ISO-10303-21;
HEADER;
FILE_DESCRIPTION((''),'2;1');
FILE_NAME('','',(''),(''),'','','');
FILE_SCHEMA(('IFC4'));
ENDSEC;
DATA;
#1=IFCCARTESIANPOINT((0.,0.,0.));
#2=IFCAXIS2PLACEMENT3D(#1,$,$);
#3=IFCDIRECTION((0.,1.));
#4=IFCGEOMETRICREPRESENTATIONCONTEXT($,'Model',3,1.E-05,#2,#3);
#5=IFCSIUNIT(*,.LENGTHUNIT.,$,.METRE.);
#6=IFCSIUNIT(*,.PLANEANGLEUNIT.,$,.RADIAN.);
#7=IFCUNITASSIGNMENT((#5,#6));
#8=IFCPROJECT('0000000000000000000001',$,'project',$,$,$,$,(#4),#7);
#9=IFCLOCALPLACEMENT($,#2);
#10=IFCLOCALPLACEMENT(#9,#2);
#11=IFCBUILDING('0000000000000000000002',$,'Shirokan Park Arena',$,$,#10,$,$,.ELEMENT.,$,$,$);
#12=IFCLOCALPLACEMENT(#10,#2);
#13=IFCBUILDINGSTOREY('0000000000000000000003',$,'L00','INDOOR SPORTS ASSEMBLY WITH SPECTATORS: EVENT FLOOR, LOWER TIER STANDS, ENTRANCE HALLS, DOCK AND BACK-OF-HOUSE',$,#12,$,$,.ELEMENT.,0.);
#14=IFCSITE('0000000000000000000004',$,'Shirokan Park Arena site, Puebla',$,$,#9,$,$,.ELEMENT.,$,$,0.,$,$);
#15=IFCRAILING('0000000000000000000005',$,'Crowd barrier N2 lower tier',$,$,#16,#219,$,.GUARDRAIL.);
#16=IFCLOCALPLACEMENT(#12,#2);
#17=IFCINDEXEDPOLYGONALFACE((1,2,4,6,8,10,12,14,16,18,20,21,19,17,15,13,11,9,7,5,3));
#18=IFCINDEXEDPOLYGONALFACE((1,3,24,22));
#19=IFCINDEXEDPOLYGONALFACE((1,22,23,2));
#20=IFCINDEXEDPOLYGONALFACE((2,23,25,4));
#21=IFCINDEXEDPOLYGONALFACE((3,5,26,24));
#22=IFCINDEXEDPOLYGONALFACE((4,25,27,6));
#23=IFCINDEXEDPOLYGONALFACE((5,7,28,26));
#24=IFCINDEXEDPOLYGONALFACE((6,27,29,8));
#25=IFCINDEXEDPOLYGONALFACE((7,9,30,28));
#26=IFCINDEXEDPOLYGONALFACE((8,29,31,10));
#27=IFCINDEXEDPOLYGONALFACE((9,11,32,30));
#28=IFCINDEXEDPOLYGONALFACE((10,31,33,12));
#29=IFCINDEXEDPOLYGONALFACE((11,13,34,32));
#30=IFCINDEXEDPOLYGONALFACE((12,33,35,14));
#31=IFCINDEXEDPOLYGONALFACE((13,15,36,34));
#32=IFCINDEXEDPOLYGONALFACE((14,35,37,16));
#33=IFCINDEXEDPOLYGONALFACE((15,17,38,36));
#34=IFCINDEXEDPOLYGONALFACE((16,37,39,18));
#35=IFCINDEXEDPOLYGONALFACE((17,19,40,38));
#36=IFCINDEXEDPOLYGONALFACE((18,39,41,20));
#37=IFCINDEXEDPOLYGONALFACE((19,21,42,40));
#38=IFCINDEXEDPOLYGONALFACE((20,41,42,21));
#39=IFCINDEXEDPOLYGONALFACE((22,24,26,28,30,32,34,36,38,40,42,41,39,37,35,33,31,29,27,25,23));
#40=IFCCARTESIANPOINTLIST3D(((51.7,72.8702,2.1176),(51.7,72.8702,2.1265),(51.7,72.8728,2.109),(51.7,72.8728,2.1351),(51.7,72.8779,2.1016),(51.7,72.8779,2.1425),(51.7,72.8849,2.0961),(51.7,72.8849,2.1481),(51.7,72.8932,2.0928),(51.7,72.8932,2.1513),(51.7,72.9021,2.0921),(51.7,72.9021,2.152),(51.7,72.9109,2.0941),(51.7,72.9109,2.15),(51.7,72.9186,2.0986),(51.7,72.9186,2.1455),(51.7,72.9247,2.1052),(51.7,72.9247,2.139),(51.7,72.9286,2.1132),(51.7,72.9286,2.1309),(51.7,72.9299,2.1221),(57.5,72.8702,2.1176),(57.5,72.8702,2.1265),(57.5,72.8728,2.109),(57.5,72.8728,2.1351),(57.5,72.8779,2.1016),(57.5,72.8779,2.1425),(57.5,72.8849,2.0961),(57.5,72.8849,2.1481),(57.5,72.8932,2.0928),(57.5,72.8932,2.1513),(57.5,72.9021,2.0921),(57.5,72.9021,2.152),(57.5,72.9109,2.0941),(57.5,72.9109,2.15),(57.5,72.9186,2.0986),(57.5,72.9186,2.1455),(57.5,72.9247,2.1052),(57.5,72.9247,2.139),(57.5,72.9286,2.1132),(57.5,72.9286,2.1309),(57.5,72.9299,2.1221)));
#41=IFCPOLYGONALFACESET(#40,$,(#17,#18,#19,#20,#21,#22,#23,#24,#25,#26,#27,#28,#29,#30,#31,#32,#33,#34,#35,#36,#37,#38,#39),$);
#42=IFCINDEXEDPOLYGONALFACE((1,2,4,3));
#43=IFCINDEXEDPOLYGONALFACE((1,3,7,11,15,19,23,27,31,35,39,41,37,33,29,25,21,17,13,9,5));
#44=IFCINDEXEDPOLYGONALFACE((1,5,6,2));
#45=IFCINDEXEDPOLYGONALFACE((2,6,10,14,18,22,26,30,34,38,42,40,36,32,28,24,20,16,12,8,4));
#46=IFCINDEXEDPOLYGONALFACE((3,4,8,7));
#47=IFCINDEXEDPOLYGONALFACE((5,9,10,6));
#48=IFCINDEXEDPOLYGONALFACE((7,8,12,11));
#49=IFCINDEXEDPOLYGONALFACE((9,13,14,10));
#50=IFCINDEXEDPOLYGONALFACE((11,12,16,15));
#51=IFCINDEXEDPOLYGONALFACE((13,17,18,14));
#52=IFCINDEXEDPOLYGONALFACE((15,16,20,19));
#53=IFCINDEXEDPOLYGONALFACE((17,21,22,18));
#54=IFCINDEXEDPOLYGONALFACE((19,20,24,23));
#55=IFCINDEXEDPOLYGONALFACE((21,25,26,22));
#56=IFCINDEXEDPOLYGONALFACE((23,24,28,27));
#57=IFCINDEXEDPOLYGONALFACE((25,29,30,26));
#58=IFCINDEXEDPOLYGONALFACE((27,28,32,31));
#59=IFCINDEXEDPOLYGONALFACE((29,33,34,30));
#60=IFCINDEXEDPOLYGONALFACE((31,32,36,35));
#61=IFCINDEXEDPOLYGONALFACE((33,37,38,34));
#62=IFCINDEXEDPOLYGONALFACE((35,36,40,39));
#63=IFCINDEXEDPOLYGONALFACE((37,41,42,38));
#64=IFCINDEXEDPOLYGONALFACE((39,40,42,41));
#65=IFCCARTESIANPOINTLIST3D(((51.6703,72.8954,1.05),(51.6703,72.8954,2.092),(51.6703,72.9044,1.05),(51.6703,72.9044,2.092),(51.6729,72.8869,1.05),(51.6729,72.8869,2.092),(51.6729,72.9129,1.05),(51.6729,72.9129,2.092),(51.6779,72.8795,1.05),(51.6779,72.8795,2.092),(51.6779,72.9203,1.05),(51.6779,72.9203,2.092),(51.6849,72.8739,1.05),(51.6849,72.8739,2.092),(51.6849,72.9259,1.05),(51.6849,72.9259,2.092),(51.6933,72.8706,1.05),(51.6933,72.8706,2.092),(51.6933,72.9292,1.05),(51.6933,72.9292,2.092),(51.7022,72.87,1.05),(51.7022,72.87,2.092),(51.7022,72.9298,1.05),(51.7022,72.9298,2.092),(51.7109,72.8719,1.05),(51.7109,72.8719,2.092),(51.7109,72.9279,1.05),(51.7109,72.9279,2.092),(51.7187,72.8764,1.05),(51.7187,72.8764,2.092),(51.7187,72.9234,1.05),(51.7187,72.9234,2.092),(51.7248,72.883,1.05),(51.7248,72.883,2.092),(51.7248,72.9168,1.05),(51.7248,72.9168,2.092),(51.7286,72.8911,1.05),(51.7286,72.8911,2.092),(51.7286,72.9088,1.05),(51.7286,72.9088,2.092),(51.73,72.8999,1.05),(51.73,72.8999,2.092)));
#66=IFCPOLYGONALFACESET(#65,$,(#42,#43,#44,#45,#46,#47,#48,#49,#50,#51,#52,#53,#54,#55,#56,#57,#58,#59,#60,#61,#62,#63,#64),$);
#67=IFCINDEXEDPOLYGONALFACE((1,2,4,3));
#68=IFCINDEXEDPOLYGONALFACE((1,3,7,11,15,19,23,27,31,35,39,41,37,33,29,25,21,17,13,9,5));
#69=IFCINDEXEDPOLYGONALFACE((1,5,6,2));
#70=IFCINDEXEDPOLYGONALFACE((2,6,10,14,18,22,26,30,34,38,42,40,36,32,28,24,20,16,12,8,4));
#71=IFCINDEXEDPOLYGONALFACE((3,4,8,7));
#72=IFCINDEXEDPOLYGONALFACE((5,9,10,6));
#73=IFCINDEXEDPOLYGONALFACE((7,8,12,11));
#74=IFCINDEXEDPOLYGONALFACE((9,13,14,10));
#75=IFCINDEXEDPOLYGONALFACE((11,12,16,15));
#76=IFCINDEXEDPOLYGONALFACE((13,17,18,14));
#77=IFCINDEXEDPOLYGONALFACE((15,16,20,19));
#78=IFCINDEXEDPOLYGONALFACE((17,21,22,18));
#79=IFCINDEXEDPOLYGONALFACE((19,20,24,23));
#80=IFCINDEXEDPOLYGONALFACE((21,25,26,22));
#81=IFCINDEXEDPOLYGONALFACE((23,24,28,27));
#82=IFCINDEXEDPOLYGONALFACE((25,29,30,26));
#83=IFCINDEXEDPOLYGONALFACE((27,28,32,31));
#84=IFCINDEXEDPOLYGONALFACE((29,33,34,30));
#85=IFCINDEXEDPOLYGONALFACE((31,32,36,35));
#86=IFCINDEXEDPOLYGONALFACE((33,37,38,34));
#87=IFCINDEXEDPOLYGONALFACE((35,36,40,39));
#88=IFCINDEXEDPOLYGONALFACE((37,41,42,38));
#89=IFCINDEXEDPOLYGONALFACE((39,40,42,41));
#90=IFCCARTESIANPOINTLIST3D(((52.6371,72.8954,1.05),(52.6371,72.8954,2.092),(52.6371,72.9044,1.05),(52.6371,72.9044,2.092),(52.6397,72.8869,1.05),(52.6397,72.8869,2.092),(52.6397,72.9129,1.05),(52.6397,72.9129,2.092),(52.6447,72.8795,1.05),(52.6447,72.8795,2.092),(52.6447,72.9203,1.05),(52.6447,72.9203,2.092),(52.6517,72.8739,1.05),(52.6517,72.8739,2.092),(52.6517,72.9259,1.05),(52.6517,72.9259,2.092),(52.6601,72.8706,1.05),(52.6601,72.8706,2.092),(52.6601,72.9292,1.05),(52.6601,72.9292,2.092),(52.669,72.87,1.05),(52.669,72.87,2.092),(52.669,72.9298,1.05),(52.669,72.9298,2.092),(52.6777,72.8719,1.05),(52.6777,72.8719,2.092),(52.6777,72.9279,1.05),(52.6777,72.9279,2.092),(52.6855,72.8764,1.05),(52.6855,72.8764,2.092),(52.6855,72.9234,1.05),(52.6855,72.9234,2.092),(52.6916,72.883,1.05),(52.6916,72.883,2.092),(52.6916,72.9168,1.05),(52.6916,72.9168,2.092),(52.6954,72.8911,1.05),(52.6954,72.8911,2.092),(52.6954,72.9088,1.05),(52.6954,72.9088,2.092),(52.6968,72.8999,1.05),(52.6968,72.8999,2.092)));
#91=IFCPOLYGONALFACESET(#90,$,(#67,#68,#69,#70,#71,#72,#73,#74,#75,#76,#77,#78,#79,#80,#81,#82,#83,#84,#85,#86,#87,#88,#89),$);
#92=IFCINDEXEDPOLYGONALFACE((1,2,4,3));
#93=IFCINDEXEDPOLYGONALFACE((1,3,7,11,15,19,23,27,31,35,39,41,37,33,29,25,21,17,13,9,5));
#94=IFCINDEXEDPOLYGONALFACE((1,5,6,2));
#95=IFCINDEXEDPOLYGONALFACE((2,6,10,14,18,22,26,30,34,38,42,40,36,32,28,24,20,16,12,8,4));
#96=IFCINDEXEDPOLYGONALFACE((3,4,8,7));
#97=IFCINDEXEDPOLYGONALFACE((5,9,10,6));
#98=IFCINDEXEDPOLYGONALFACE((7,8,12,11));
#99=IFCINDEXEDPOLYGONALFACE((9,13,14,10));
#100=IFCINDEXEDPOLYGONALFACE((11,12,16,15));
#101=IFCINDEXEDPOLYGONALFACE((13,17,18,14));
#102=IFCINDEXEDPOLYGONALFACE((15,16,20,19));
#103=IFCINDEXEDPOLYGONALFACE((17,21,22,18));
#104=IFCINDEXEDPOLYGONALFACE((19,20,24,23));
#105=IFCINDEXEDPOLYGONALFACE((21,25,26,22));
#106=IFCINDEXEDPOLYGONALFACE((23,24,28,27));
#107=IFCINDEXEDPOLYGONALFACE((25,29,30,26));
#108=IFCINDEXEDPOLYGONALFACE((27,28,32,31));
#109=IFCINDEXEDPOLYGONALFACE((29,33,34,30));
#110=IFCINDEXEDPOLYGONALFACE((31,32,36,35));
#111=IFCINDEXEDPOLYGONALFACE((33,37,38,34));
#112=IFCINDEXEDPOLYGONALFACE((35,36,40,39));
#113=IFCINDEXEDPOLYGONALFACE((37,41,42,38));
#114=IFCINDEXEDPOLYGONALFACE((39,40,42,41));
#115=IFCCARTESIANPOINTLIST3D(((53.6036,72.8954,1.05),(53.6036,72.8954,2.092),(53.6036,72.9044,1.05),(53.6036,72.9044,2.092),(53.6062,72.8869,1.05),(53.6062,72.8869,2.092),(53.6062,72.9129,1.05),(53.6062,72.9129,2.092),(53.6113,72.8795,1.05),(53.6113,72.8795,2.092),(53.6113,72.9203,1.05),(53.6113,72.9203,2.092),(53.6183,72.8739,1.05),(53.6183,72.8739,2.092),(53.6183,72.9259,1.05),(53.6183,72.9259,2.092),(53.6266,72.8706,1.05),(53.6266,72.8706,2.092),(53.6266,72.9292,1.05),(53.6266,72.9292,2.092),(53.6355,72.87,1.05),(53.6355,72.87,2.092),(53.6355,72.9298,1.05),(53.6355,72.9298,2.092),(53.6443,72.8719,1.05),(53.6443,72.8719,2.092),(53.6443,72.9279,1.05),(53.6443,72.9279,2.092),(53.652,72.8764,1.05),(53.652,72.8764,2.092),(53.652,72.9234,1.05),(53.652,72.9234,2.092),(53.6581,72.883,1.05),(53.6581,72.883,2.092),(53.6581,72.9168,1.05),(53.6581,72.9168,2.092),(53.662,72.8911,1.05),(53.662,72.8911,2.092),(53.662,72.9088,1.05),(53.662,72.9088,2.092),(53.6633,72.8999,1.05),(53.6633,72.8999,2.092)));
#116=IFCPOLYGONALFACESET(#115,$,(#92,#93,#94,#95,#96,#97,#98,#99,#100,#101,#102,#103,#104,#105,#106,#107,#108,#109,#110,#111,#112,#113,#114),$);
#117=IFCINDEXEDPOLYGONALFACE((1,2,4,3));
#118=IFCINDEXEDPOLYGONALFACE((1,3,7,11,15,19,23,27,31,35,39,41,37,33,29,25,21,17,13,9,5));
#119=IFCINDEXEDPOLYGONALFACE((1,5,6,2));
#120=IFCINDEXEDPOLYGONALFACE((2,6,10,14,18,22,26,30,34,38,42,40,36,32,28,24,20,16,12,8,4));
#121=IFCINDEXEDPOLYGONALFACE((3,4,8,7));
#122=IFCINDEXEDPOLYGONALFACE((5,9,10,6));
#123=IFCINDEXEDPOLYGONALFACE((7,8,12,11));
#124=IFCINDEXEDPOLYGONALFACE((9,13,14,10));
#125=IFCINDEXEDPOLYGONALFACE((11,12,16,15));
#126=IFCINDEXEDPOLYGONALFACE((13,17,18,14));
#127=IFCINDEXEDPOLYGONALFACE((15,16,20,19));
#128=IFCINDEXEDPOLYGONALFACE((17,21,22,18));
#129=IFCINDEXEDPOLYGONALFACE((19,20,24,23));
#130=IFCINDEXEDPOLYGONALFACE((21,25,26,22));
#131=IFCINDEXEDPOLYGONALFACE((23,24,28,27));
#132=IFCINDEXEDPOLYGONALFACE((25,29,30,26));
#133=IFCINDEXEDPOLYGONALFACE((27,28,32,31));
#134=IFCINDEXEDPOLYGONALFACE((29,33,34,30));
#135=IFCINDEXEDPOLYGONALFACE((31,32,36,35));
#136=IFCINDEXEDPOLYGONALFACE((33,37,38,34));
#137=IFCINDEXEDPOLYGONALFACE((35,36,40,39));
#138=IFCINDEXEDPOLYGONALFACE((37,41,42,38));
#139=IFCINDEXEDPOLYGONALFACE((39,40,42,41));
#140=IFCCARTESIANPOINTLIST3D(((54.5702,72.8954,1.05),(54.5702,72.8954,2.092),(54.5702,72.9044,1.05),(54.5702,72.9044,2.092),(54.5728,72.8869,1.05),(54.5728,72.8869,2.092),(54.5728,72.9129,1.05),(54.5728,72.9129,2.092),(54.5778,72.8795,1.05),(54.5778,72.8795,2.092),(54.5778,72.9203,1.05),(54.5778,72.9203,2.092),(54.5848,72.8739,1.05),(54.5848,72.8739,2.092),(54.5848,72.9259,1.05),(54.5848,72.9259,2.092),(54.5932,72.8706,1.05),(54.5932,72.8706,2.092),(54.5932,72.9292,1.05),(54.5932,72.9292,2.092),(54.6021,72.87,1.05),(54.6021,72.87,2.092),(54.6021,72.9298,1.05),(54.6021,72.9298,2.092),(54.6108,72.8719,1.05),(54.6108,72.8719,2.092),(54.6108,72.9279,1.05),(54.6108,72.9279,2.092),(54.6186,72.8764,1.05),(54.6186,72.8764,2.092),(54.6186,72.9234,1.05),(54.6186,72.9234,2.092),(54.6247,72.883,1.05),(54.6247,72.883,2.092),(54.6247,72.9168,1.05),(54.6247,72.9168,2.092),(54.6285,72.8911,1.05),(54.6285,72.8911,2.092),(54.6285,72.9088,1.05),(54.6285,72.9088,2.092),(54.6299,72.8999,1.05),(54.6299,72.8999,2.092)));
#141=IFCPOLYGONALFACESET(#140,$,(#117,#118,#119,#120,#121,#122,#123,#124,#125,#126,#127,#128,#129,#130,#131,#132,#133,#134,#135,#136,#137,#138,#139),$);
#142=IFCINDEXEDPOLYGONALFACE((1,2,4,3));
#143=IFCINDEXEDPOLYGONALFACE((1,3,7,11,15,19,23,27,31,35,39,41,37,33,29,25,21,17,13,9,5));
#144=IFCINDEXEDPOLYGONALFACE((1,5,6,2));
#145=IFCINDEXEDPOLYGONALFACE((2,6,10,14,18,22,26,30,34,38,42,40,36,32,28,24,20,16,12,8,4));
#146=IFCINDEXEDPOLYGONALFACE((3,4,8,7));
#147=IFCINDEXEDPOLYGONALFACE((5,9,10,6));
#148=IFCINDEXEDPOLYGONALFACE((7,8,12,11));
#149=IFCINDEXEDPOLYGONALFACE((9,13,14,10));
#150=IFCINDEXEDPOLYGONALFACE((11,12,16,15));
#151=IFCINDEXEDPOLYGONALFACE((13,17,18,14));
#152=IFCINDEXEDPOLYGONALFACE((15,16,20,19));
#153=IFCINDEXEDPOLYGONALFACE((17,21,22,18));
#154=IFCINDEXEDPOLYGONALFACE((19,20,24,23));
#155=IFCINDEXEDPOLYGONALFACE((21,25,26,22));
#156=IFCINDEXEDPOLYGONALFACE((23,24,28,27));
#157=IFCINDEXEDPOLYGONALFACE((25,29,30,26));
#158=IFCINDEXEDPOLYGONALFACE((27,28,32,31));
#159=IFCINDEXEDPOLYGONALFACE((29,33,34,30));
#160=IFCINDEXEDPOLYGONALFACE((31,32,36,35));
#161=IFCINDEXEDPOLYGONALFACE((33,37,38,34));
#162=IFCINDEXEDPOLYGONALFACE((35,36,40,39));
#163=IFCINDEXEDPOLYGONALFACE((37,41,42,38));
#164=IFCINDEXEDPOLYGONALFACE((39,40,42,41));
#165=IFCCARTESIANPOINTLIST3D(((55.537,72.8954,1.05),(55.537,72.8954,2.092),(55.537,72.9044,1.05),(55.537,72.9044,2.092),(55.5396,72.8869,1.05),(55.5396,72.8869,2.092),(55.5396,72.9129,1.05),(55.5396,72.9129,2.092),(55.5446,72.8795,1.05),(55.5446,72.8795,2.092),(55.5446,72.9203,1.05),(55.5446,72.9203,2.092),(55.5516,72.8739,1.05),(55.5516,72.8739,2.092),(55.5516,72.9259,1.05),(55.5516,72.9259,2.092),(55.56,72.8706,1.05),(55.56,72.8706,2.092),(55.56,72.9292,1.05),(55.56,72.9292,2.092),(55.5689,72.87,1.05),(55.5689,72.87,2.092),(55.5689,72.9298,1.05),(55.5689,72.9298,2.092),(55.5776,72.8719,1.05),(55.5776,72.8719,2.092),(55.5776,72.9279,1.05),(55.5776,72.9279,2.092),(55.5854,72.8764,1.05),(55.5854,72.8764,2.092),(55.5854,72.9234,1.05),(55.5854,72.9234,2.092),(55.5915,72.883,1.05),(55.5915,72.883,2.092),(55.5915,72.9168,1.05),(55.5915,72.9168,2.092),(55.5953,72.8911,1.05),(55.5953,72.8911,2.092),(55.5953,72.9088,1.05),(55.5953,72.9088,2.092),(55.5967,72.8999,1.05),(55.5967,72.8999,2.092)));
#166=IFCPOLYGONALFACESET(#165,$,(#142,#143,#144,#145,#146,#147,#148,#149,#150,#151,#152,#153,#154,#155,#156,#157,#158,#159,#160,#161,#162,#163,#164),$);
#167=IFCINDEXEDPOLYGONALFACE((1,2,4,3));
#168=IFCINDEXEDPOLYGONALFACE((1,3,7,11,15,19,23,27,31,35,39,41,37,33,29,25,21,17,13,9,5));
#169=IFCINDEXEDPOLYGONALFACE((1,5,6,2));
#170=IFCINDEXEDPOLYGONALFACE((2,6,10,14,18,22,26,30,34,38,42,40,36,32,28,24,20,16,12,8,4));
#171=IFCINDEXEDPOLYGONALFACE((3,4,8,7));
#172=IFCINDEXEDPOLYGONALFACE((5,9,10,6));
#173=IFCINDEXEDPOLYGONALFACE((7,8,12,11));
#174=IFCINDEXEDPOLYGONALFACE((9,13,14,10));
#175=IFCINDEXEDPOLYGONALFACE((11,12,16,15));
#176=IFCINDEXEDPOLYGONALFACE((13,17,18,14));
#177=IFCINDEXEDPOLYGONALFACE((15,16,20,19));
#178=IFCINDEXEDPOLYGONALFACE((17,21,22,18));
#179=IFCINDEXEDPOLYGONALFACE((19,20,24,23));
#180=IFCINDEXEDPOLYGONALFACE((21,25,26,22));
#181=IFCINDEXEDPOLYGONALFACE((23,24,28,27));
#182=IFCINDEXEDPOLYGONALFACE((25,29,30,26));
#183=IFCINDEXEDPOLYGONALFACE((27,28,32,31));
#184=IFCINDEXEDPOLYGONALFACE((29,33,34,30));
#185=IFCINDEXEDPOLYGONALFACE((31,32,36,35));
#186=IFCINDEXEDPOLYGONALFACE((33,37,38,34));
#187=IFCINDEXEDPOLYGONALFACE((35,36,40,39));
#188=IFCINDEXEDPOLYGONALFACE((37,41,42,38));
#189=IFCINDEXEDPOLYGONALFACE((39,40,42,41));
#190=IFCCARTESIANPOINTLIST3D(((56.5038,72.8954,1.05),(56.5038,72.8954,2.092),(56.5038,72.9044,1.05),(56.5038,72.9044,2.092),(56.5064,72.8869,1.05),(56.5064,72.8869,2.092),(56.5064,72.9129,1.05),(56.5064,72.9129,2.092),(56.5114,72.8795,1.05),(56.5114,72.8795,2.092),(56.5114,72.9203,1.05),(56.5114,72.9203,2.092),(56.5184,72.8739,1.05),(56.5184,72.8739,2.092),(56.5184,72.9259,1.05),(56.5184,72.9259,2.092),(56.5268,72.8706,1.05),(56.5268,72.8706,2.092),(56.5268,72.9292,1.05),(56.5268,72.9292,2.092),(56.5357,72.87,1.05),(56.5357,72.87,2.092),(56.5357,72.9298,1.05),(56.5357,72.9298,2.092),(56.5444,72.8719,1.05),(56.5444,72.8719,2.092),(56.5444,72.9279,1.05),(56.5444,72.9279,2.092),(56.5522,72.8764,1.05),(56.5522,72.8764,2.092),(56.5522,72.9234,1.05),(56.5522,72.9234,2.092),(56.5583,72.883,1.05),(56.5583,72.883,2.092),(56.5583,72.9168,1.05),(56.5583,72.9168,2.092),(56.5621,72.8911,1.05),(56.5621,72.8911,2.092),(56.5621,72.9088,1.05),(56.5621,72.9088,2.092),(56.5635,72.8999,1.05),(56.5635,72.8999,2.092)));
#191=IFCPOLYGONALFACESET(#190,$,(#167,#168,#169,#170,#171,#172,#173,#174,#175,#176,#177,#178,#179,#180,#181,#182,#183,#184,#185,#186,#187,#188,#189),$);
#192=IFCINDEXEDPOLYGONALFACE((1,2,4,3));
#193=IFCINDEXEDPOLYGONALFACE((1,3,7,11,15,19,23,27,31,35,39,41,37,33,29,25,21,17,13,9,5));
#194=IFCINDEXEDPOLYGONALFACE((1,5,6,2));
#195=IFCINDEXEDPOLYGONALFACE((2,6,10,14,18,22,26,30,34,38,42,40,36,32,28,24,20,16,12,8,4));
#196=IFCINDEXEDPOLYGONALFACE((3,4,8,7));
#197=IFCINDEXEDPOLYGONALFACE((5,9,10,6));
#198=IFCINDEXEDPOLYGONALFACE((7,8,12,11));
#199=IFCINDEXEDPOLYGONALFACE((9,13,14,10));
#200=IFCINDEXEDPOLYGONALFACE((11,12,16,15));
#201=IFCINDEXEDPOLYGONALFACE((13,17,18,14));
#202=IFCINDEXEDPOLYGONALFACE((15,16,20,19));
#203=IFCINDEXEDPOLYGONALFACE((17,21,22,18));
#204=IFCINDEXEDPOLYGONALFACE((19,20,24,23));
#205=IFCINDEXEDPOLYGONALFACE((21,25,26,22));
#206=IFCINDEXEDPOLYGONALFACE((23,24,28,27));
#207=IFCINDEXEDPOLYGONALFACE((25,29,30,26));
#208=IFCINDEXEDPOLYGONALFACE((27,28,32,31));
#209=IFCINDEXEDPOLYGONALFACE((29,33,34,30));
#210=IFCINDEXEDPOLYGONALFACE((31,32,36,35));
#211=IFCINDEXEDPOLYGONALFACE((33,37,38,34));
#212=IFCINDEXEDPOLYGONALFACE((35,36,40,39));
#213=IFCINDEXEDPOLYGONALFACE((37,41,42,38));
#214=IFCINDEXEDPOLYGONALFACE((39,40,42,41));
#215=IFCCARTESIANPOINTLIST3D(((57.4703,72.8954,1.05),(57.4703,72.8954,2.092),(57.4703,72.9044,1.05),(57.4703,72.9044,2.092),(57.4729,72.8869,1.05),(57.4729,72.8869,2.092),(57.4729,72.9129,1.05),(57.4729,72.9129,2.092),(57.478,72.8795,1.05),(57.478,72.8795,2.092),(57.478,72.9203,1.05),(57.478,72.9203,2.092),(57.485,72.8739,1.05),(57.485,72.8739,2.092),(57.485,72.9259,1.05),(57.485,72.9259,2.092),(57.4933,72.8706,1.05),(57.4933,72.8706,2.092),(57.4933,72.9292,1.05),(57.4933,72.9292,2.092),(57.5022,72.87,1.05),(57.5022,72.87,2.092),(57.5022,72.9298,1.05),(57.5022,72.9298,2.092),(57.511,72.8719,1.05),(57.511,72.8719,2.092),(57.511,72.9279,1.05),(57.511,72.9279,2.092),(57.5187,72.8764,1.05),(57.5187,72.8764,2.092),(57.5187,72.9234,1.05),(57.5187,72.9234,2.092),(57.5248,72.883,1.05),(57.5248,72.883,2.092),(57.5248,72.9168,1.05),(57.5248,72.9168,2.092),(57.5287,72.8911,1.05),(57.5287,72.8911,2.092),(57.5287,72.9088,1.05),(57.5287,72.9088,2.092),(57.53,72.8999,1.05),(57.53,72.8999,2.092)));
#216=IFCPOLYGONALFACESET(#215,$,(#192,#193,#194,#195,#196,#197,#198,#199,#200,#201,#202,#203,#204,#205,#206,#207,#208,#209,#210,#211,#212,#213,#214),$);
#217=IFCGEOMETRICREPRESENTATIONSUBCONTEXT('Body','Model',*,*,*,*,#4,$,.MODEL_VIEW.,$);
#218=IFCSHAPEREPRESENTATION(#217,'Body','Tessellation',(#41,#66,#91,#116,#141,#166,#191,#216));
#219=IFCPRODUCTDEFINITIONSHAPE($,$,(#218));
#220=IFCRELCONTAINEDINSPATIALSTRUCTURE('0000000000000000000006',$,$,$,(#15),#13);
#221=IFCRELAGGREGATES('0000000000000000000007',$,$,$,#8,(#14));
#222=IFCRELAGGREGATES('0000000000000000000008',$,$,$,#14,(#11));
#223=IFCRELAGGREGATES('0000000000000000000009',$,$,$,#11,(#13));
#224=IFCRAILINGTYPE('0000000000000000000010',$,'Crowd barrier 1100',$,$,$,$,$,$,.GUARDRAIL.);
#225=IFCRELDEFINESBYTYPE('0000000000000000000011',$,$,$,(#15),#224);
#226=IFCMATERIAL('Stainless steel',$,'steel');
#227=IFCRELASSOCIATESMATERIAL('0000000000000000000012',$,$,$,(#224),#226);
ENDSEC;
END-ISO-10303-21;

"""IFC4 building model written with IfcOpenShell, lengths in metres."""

from ifc_helpers import new_model, si_unit, direction, frame, origin, origin_2d, place, context, subcontext, project, spatial, circle, extrude, material, type_object, element, save


model = new_model("IFC4")

# Units and contexts
model_context = context("Model", 3, precision=1e-05, world=origin(), true_north=direction((0.0, 1.0)))
body_context = subcontext(model_context, "Body", "Model", "MODEL_VIEW")
ifc_project = project(units=[si_unit("LENGTHUNIT", "METRE"), si_unit("PLANEANGLEUNIT", "RADIAN")], contexts=[model_context])

# Site, building, storey
site_placement = place(None, origin())
site = spatial("IfcSite", under=ifc_project, at=site_placement, Name="Shirokan Park Arena site, Puebla", CompositionType="ELEMENT", RefElevation=0.0)
building_placement = place(site_placement, origin())
building = spatial("IfcBuilding", under=site, at=building_placement, Name="Shirokan Park Arena", CompositionType="ELEMENT")
storey_placement = place(building_placement, origin())
storey = spatial("IfcBuildingStorey", under=building, at=storey_placement, Name="L00", Description="INDOOR SPORTS ASSEMBLY WITH SPECTATORS: EVENT FLOOR, LOWER TIER STANDS, ENTRANCE HALLS, DOCK AND BACK-OF-HOUSE", CompositionType="ELEMENT", Elevation=0.0)

# Railing
ifc_material_1 = material(Name="Stainless steel", Category="steel")
railing_type_1 = type_object("IfcRailingType", Name="Crowd barrier 1100", PredefinedType="GUARDRAIL", material=ifc_material_1)
for number, where, name in (
    (1, (51.7, 72.8999, 1.05), "Crowd barrier N2 lower tier"),
):
    element("IfcRailing", number, at=place(storey_placement, frame(where)), inside=storey, type_object=railing_type_1, Name=name, PredefinedType="GUARDRAIL", context=body_context, shape_type="SweptSolid", body=[
        extrude(circle(Radius=0.03, at=origin_2d()), frame((0.0, 0.0, 1.072), z_axis=(1.0, 0.0, 0.0), x_axis=(0.0, 1.0, 0.0)), (0.0, 0.0, 1.0), 5.8),
        extrude(circle(Radius=0.03, at=origin_2d()), origin(), (0.0, 0.0, 1.0), 1.042),
        extrude(circle(Radius=0.03, at=origin_2d()), frame((0.9668, 0.0, 0.0)), (0.0, 0.0, 1.0), 1.042),
        extrude(circle(Radius=0.03, at=origin_2d()), frame((1.9333, 0.0, 0.0)), (0.0, 0.0, 1.0), 1.042),
        extrude(circle(Radius=0.03, at=origin_2d()), frame((2.8999, 0.0, 0.0)), (0.0, 0.0, 1.0), 1.042),
        extrude(circle(Radius=0.03, at=origin_2d()), frame((3.8667, 0.0, 0.0)), (0.0, 0.0, 1.0), 1.042),
        extrude(circle(Radius=0.03, at=origin_2d()), frame((4.8335, 0.0, 0.0)), (0.0, 0.0, 1.0), 1.042),
        extrude(circle(Radius=0.03, at=origin_2d()), frame((5.8, 0.0, 0.0)), (0.0, 0.0, 1.0), 1.042),
    ])

save(model, "model.ifc")
